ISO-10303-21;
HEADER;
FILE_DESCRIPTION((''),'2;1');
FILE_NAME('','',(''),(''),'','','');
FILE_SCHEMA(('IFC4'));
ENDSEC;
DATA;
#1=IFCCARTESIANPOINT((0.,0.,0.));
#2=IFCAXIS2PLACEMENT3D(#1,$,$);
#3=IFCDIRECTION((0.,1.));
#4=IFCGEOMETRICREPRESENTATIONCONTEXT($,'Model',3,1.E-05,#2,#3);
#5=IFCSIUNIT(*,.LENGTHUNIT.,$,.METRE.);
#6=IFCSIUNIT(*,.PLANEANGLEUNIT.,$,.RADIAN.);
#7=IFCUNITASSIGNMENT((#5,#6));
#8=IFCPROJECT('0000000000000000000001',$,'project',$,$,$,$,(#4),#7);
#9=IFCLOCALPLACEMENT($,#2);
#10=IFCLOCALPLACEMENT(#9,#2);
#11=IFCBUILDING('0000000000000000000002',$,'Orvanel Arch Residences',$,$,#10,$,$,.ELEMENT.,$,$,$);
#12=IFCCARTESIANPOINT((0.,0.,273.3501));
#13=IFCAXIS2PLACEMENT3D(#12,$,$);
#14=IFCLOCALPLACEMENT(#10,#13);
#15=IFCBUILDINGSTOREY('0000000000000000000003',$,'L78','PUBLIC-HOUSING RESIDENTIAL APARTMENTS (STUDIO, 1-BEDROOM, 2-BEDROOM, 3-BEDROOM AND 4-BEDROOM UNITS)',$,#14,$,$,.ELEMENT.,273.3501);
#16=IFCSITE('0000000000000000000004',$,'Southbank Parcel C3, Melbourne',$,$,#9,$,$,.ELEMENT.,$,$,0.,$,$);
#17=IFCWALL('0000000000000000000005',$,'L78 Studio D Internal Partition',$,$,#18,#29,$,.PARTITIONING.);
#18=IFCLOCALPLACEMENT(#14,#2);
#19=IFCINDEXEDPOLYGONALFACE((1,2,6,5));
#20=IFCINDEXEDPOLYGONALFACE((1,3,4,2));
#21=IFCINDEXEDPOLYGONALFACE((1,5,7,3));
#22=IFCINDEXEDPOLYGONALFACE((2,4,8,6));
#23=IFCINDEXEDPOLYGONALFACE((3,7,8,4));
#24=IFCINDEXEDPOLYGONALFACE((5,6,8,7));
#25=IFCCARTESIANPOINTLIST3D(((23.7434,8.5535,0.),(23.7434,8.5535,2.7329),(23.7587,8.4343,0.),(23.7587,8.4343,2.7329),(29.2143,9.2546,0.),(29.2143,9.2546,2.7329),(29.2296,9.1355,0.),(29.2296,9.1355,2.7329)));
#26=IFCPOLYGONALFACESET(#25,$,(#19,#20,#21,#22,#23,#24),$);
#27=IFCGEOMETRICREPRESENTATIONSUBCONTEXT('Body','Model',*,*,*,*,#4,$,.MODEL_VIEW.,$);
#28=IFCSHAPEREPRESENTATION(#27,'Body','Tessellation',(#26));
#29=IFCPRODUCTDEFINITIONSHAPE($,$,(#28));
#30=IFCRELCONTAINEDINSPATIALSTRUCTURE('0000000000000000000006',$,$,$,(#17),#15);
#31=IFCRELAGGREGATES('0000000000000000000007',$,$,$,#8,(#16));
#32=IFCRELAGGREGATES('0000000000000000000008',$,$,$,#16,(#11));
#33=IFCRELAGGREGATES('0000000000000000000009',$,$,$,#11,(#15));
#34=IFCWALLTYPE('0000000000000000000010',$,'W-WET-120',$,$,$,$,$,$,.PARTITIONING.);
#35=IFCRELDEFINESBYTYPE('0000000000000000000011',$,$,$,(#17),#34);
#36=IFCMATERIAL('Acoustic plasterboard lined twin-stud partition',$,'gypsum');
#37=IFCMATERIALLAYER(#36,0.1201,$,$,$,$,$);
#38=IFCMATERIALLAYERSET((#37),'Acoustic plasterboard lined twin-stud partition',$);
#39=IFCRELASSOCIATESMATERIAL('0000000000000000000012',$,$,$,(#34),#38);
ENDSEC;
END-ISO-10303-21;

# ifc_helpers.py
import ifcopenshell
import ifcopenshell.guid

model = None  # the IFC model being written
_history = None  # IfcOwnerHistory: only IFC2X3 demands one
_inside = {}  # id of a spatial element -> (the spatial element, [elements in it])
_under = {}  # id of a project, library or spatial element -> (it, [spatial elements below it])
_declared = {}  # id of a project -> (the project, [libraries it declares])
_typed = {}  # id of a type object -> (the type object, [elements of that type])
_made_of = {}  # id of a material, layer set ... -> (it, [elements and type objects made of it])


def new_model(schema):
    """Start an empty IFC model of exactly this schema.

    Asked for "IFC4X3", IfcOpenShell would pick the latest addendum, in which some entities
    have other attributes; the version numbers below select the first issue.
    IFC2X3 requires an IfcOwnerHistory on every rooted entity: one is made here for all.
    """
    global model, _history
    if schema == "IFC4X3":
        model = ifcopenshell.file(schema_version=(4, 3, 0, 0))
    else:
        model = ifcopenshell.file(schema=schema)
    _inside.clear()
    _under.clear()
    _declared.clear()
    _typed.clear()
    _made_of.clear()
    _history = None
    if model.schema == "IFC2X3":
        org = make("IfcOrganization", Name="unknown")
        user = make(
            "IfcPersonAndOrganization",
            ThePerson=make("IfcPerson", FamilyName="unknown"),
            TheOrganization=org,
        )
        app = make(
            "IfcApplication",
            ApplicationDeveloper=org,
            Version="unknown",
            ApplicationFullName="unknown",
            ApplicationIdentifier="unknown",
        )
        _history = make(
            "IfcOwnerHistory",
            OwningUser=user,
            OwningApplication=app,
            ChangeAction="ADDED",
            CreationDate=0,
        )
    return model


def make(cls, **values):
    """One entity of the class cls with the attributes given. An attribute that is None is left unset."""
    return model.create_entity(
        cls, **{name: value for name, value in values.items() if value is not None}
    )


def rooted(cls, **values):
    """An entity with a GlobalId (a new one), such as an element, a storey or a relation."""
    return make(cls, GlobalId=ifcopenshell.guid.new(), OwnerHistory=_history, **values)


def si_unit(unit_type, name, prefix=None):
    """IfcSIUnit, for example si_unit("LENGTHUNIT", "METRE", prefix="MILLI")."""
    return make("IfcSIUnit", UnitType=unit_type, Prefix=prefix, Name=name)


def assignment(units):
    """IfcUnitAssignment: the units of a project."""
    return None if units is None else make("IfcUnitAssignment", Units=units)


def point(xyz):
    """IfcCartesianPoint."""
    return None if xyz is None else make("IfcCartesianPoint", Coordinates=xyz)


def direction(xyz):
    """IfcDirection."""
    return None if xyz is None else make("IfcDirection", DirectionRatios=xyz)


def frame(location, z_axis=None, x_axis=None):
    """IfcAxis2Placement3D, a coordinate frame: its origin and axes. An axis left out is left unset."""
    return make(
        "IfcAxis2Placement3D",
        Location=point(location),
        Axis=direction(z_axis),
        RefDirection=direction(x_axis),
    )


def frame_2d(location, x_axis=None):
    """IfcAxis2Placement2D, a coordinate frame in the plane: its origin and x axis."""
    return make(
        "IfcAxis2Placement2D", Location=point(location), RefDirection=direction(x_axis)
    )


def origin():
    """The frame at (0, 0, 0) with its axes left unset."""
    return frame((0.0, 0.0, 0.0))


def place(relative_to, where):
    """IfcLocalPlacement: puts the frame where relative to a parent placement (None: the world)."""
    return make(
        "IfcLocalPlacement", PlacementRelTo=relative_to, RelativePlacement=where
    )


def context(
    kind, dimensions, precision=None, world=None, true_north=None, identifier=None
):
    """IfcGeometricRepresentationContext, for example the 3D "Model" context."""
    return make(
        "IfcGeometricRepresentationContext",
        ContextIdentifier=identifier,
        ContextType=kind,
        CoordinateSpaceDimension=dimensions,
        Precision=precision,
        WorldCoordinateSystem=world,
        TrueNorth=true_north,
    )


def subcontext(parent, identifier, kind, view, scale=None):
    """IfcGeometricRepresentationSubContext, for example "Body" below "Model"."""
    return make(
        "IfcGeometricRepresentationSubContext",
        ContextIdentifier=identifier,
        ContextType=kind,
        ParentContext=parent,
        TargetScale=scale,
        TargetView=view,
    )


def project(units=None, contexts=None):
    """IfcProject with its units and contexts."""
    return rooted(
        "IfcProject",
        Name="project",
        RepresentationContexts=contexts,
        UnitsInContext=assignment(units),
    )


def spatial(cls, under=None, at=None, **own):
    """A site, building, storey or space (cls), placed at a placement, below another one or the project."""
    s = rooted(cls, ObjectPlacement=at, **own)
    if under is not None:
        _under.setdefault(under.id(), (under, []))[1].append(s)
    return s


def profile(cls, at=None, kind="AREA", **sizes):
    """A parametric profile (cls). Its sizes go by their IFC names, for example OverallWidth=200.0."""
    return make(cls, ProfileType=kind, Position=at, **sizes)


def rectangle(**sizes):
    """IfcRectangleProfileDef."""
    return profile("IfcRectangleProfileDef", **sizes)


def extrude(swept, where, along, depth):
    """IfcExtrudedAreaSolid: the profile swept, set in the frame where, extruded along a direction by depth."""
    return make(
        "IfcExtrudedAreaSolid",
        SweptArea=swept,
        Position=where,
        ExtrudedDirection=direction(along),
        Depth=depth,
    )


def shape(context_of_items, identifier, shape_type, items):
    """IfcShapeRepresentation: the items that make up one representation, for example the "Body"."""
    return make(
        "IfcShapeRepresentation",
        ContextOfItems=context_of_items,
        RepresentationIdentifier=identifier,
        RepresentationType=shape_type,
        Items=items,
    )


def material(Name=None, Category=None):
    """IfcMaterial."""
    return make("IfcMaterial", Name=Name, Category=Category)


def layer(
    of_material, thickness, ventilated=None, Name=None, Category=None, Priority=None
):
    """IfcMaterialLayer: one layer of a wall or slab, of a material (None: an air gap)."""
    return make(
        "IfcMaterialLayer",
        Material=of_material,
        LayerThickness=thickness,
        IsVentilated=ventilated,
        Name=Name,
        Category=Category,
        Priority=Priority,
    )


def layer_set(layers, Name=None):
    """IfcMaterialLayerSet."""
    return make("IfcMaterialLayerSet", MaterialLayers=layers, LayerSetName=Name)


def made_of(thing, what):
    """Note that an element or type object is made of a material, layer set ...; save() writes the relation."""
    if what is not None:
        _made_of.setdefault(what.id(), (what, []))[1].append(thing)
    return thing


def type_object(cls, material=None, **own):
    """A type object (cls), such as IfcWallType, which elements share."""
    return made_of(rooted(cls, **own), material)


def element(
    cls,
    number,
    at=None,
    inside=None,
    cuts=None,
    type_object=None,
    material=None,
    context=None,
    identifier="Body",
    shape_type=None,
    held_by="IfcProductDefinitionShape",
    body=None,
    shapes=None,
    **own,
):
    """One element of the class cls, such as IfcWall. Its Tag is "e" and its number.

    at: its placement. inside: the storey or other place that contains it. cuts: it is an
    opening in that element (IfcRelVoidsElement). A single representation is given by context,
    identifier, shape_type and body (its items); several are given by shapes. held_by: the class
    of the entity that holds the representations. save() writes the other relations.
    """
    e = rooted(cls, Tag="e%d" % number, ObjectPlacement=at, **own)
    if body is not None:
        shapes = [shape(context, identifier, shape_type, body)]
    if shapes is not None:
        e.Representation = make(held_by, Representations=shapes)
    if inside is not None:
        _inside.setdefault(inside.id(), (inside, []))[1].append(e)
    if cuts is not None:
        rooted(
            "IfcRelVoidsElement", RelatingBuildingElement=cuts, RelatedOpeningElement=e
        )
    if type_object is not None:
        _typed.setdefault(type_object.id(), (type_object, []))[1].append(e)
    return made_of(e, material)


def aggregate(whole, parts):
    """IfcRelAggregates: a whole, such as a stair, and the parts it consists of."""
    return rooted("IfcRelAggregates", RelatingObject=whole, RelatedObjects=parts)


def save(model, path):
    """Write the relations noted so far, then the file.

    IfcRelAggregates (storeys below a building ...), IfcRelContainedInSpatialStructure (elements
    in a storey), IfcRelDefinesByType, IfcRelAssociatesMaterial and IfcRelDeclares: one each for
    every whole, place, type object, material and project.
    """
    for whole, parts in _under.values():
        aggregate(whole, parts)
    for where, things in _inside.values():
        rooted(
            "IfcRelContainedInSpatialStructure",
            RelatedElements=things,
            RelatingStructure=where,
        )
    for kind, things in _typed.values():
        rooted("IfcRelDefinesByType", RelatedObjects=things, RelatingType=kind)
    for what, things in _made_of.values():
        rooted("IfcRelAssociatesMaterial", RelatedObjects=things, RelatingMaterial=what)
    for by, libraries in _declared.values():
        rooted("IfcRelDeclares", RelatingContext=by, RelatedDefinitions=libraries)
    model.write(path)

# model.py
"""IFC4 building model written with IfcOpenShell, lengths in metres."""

from ifc_helpers import new_model, si_unit, direction, frame, frame_2d, origin, place, context, subcontext, project, spatial, rectangle, extrude, material, layer, layer_set, type_object, element, save


model = new_model("IFC4")

# Units and contexts
model_context = context("Model", 3, precision=1e-05, world=origin(), true_north=direction((0.0, 1.0)))
body_context = subcontext(model_context, "Body", "Model", "MODEL_VIEW")
ifc_project = project(units=[si_unit("LENGTHUNIT", "METRE"), si_unit("PLANEANGLEUNIT", "RADIAN")], contexts=[model_context])

# Site, building, storey
site_placement = place(None, origin())
site = spatial("IfcSite", under=ifc_project, at=site_placement, Name="Southbank Parcel C3, Melbourne", CompositionType="ELEMENT", RefElevation=0.0)
building_placement = place(site_placement, origin())
building = spatial("IfcBuilding", under=site, at=building_placement, Name="Orvanel Arch Residences", CompositionType="ELEMENT")
storey_placement = place(building_placement, frame((0.0, 0.0, 273.3501)))
storey = spatial("IfcBuildingStorey", under=building, at=storey_placement, Name="L78", Description="PUBLIC-HOUSING RESIDENTIAL APARTMENTS (STUDIO, 1-BEDROOM, 2-BEDROOM, 3-BEDROOM AND 4-BEDROOM UNITS)", CompositionType="ELEMENT", Elevation=273.3501)

# Shared definitions
ifc_material_1 = material(Name="Acoustic plasterboard lined twin-stud partition", Category="gypsum")

# Shared definitions
ifc_layer_1 = layer(ifc_material_1, 0.1201)
ifc_layer_set_1 = layer_set([ifc_layer_1], Name="Acoustic plasterboard lined twin-stud partition")
wall_type_1 = type_object("IfcWallType", Name="W-WET-120", PredefinedType="PARTITIONING", material=ifc_layer_set_1)

# Wall
wall_1_placement = place(storey_placement, frame((29.2219, 9.1951, 0.0), z_axis=(0.0, 0.0, 1.0), x_axis=(-0.991887, -0.127123, 0.0)))
element("IfcWall", 1, at=wall_1_placement, inside=storey, type_object=wall_type_1, Name="L78 Studio D Internal Partition", PredefinedType="PARTITIONING", context=body_context, shape_type="SweptSolid", body=[
    extrude(rectangle(XDim=5.5156, YDim=0.1201, at=frame_2d((2.7578, 0.0))), origin(), (0.0, 0.0, 1.0), 2.7329),
])

save(model, "model.ifc")
